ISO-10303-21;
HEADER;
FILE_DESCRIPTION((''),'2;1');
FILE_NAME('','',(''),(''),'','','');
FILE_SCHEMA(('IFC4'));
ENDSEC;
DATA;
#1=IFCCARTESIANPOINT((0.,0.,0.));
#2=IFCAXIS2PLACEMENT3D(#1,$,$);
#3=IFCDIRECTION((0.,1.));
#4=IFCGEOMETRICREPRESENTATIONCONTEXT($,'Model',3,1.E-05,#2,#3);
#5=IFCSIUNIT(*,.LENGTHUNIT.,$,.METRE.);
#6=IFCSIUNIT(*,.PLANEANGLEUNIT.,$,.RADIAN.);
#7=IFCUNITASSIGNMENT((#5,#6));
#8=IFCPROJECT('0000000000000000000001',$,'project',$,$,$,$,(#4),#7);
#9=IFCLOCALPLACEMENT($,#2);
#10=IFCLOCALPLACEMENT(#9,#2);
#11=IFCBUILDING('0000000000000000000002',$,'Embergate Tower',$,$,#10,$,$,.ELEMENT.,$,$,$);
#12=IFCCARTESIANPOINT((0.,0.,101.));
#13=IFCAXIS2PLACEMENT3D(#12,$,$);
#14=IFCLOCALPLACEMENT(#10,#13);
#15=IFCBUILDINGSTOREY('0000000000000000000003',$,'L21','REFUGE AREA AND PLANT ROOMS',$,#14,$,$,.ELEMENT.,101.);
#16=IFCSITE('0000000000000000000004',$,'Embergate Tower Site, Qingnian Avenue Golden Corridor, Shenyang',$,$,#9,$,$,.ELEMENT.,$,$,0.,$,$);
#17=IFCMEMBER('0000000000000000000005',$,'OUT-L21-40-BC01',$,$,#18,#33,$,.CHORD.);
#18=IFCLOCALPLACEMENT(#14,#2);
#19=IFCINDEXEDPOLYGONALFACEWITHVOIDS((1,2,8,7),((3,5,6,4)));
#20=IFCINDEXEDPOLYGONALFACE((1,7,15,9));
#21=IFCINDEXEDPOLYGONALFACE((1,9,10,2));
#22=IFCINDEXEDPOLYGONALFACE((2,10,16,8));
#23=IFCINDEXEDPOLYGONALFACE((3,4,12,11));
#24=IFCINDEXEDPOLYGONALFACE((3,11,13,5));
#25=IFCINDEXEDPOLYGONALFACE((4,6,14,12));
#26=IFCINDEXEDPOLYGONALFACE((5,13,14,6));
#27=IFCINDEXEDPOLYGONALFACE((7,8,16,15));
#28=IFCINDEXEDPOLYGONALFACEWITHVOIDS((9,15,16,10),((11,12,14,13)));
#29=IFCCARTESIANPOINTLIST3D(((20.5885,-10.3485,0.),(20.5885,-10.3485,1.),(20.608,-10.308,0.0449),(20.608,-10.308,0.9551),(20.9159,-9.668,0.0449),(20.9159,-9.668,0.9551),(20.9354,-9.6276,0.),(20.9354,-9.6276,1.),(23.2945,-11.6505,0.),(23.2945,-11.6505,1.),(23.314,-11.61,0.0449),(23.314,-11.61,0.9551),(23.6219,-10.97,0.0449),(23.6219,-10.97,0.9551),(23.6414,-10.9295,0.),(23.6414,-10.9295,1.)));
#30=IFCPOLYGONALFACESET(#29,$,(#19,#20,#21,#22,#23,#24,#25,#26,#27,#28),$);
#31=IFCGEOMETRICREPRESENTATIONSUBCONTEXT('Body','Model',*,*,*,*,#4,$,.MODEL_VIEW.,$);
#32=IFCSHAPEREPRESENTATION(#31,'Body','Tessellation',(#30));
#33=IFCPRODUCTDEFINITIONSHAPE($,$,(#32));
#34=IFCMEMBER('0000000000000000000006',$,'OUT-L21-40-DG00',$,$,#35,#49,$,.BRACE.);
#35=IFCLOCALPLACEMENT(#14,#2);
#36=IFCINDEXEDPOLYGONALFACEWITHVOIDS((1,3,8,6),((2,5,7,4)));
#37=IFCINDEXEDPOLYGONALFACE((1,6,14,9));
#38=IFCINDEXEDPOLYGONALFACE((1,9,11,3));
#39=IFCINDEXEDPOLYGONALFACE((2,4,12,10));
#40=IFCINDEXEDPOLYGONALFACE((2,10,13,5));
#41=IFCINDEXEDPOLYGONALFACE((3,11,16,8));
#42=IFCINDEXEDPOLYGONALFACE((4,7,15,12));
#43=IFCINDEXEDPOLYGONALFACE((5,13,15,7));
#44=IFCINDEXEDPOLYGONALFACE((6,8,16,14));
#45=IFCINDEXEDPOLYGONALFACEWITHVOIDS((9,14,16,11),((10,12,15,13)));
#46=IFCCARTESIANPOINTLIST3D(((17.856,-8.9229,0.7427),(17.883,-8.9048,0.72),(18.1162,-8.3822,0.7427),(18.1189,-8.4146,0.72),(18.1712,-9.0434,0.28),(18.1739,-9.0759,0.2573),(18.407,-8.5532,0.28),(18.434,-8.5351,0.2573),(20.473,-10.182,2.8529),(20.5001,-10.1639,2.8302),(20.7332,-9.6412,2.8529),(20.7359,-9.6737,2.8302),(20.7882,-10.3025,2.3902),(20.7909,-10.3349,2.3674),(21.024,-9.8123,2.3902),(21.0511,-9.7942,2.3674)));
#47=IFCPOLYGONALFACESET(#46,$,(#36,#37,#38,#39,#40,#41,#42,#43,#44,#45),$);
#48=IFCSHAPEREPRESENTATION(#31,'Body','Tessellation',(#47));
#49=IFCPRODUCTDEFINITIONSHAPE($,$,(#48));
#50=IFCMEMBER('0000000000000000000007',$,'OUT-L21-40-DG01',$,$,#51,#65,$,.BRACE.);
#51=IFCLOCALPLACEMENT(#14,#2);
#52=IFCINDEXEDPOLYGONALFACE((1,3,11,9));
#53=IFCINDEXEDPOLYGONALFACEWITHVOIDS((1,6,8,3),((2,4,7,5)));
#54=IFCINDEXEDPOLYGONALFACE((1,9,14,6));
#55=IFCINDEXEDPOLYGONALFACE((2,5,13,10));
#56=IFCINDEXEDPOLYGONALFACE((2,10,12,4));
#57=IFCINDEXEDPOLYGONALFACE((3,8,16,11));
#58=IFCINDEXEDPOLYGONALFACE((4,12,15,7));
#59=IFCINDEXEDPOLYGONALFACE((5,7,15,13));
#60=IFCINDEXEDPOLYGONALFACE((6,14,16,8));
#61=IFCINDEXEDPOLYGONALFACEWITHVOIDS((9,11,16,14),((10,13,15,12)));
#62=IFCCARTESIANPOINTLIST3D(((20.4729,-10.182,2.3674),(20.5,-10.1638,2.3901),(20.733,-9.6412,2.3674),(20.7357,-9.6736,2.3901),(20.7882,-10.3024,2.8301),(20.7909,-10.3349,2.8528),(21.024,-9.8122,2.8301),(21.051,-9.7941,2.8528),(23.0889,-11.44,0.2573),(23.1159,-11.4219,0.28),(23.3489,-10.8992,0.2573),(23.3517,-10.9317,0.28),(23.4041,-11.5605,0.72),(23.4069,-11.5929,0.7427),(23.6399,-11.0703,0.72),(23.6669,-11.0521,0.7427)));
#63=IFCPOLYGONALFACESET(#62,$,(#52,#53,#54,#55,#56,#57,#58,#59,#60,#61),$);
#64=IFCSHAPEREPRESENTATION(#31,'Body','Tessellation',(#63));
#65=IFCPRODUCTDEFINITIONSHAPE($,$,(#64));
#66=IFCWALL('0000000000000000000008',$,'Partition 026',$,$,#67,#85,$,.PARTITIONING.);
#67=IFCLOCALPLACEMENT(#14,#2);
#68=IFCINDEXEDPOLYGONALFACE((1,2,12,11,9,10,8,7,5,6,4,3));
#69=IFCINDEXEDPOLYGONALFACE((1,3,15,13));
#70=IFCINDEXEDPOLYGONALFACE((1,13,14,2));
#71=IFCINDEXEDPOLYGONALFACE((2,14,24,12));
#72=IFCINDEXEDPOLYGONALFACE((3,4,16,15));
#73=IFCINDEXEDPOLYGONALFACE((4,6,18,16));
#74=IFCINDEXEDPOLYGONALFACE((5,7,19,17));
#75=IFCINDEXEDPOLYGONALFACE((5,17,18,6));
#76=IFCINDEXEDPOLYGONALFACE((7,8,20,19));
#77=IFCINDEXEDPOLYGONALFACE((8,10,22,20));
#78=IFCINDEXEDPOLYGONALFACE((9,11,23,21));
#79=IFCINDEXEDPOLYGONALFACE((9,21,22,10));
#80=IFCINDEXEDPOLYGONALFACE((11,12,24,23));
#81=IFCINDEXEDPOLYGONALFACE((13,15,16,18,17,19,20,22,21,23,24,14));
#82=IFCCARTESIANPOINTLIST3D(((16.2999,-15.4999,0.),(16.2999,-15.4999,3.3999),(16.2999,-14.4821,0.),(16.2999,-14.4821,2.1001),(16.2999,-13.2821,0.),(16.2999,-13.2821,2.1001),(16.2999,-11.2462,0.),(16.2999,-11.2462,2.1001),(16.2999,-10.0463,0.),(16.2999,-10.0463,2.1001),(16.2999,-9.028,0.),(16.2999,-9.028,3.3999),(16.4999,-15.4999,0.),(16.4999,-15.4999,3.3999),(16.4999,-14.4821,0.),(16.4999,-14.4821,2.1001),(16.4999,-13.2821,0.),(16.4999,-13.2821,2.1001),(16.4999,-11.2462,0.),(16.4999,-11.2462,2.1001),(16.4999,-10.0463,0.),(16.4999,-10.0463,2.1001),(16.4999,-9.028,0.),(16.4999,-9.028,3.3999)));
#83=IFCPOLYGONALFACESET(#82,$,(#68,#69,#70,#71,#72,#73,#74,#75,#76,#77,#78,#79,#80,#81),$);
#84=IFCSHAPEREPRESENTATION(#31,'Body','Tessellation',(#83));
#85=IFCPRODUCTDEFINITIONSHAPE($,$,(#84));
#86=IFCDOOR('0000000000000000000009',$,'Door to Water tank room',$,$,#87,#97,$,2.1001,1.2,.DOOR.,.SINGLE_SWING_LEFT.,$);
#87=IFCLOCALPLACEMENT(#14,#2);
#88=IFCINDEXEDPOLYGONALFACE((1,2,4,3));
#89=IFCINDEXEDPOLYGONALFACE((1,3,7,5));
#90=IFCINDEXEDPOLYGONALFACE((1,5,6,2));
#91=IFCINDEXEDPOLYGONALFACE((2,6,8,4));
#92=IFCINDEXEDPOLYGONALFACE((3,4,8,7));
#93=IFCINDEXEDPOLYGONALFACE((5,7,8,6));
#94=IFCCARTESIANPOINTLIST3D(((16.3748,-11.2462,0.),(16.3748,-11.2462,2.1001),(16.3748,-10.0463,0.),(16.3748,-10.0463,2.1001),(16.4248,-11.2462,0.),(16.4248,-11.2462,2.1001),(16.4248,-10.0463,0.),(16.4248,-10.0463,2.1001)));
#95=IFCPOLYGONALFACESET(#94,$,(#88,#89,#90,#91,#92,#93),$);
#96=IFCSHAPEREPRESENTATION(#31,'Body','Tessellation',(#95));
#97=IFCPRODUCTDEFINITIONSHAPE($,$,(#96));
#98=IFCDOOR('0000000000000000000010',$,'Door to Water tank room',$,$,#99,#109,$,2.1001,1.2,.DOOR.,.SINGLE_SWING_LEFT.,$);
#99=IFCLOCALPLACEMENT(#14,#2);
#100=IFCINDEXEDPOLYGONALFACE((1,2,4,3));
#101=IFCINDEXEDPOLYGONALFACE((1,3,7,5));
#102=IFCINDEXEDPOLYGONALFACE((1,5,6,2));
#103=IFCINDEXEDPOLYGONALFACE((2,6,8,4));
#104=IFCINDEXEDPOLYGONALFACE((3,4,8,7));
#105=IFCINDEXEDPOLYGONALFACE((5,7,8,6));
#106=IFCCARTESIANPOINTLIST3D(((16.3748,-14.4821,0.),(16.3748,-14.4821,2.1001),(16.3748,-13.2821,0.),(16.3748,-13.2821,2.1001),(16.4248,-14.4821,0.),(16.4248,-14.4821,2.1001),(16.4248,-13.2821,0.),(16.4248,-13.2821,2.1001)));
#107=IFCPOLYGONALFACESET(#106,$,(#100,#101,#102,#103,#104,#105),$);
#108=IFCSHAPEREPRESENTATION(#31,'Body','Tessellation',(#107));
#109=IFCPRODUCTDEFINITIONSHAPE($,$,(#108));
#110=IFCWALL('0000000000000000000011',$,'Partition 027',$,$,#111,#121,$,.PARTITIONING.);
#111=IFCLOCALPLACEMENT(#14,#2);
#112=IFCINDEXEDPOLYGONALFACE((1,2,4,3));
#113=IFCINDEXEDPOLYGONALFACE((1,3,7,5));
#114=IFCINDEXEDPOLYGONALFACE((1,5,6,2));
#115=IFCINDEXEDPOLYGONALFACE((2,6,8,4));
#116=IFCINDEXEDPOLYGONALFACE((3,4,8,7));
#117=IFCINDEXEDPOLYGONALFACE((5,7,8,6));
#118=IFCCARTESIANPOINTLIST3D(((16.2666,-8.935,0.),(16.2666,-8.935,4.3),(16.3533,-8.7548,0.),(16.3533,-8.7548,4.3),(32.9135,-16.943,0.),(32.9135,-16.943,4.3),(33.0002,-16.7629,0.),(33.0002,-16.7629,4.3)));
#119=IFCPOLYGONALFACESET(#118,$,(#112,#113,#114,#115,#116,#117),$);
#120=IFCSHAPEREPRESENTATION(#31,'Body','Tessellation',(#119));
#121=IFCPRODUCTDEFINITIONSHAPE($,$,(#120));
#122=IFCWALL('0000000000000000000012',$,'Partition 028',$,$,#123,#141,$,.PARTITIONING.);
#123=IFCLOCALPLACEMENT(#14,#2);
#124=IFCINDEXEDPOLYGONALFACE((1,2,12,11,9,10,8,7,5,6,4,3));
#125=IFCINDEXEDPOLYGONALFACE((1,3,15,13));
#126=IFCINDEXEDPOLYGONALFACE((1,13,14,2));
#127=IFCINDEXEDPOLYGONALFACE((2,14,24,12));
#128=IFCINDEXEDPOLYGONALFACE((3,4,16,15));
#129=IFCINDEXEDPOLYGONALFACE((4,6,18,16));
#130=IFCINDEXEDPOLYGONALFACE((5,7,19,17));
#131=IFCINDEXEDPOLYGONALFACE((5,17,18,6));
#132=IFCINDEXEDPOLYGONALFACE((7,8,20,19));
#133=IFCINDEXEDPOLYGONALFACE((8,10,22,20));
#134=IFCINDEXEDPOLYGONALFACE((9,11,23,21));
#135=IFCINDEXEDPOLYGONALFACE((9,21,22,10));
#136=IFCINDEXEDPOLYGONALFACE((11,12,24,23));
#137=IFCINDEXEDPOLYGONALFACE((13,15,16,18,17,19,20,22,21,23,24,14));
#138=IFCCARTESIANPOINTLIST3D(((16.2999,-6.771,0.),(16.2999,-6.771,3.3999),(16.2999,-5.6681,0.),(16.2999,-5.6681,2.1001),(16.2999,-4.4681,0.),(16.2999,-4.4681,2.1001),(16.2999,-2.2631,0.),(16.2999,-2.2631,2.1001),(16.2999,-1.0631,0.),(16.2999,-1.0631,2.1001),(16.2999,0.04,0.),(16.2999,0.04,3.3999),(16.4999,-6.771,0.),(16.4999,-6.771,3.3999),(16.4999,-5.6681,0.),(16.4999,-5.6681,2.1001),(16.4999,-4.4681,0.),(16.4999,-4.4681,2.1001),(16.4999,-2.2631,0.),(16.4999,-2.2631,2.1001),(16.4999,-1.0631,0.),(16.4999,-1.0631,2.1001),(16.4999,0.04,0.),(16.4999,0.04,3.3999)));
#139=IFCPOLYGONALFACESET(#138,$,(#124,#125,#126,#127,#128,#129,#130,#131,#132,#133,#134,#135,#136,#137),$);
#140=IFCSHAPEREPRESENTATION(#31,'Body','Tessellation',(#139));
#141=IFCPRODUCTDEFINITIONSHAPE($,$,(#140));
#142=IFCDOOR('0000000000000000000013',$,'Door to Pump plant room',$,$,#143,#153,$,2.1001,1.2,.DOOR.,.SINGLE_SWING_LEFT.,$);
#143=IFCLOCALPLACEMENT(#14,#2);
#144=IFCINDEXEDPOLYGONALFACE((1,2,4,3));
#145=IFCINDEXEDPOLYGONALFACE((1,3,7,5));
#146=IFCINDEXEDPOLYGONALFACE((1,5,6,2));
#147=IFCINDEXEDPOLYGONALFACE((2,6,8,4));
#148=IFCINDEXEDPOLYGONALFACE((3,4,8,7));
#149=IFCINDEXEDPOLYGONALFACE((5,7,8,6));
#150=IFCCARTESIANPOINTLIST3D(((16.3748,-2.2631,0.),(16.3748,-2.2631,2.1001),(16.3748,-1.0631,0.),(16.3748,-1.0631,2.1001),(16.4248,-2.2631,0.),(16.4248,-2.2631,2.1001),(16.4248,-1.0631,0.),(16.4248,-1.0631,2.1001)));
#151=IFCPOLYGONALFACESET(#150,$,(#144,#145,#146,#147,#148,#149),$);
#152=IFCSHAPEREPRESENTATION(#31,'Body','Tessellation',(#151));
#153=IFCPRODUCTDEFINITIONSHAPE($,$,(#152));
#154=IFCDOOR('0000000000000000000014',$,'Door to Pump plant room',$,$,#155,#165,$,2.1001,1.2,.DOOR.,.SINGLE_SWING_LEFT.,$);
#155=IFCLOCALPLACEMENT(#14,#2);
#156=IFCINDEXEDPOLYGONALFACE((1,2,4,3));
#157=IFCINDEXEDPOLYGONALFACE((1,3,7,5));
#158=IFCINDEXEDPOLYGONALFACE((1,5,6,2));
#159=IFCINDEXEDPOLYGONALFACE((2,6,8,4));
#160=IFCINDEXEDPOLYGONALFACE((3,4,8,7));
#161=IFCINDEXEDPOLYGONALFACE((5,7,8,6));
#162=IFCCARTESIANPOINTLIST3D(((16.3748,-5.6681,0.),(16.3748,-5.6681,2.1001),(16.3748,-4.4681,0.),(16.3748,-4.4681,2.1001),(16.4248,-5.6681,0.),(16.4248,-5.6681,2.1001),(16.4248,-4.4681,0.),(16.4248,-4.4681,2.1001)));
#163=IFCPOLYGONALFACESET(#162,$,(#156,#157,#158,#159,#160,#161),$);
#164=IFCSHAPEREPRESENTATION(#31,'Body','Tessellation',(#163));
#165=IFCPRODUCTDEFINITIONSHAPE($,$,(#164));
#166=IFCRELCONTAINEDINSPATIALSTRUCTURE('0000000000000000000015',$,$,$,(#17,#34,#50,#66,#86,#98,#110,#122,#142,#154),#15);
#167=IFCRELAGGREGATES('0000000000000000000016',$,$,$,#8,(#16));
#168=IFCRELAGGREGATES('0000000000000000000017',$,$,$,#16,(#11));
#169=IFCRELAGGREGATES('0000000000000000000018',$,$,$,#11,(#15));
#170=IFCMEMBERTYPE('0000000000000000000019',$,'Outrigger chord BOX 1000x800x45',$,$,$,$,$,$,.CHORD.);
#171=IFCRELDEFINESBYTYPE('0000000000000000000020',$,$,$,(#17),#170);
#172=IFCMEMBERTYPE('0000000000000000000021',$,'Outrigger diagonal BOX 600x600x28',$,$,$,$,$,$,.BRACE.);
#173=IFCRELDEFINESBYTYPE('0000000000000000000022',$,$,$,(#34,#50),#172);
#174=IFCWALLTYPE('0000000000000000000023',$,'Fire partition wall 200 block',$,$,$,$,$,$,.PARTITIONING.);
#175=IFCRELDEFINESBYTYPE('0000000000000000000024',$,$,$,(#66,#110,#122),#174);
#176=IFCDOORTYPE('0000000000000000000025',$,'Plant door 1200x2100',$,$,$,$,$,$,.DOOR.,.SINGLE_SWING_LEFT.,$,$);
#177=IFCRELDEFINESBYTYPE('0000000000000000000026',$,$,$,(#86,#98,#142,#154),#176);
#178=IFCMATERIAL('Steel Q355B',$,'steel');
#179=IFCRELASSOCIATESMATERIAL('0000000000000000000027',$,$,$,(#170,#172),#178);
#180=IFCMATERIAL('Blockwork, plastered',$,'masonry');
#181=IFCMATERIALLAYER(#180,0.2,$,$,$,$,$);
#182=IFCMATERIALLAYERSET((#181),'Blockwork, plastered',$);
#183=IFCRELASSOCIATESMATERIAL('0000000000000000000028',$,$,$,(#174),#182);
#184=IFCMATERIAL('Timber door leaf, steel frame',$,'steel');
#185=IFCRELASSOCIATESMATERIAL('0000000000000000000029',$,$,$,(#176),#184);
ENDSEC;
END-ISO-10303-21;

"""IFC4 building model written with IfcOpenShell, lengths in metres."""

from ifc_helpers import new_model, si_unit, direction, frame, frame_2d, origin, origin_2d, place, context, subcontext, project, spatial, rectangle, hollow_rectangle, extrude, source, transform, mapped, material, layer, layer_set, material_profile, profile_set, type_object, element, fill, save


model = new_model("IFC4")

# Units and contexts
model_context = context("Model", 3, precision=1e-05, world=origin(), true_north=direction((0.0, 1.0)))
body_context = subcontext(model_context, "Body", "Model", "MODEL_VIEW")
ifc_project = project(units=[si_unit("LENGTHUNIT", "METRE"), si_unit("PLANEANGLEUNIT", "RADIAN")], contexts=[model_context])

# Site, building, storey
site_placement = place(None, origin())
site = spatial("IfcSite", under=ifc_project, at=site_placement, Name="Embergate Tower Site, Qingnian Avenue Golden Corridor, Shenyang", CompositionType="ELEMENT", RefElevation=0.0)
building_placement = place(site_placement, origin())
building = spatial("IfcBuilding", under=site, at=building_placement, Name="Embergate Tower", CompositionType="ELEMENT")
storey_placement = place(building_placement, frame((0.0, 0.0, 101.0)))
storey = spatial("IfcBuildingStorey", under=building, at=storey_placement, Name="L21", Description="REFUGE AREA AND PLANT ROOMS", CompositionType="ELEMENT", Elevation=101.0)

# Members
ifc_material_1 = material(Name="Steel Q355B", Category="steel")
ifc_material_profile_1 = material_profile(ifc_material_1, hollow_rectangle(XDim=0.8, YDim=1.0, WallThickness=0.0449, at=origin_2d()), Name="BOX 1000x800x45")
ifc_profile_set_1 = profile_set([ifc_material_profile_1], Name="Steel Q355 grade B")
member_type_1 = type_object("IfcMemberType", Name="Outrigger chord BOX 1000x800x45", PredefinedType="CHORD", material=ifc_profile_set_1)
ifc_material_profile_2 = material_profile(ifc_material_1, hollow_rectangle(XDim=0.6001, YDim=0.6001, WallThickness=0.0281, at=origin_2d()), Name="BOX 600x600x28")
ifc_profile_set_2 = profile_set([ifc_material_profile_2], Name="Steel Q355 grade B")
member_type_2 = type_object("IfcMemberType", Name="Outrigger diagonal BOX 600x600x28", PredefinedType="BRACE", material=ifc_profile_set_2)
shared_shape_1 = source(origin(), body_context, "Body", "SweptSolid", [
    extrude(hollow_rectangle(XDim=0.8, YDim=1.0, WallThickness=0.0449, at=origin_2d()), origin(), (0.0, 0.0, 1.0), 3.0029),
])
for number, where, z_axis, x_axis, name in (
    (1, (20.762, -9.988, 0.5), (0.901121, -0.433569, 0.0), (0.433569, 0.901121, 0.0), "OUT-L21-40-BC01"),
):
    element("IfcMember", number, at=place(storey_placement, frame(where, z_axis=z_axis, x_axis=x_axis)), inside=storey, type_object=member_type_1, Name=name, PredefinedType="CHORD", context=body_context, shape_type="MappedRepresentation", body=[
        mapped(shared_shape_1, transform((0.0, 0.0, 0.0))),
    ])
shared_shape_2 = source(origin(), body_context, "Body", "SweptSolid", [
    extrude(hollow_rectangle(XDim=0.6001, YDim=0.6001, WallThickness=0.0281, at=origin_2d()), origin(), (0.0, 0.0, 1.0), 3.5898),
])
member_1_placement = place(storey_placement, frame((18.145, -8.729, 0.5), z_axis=(0.72901, -0.350733, 0.587819), x_axis=(0.433543, 0.901133, 0.0)))
element("IfcMember", 2, at=member_1_placement, inside=storey, type_object=member_type_2, Name="OUT-L21-40-DG00", PredefinedType="BRACE", context=body_context, shape_type="MappedRepresentation", body=[
    mapped(shared_shape_2, transform((0.0, 0.0, 0.0))),
])
shared_shape_3 = source(origin(), body_context, "Body", "SweptSolid", [
    extrude(hollow_rectangle(XDim=0.6001, YDim=0.6001, WallThickness=0.0281, at=origin_2d()), origin(), (0.0, 0.0, 1.0), 3.5886),
])
member_2_placement = place(storey_placement, frame((20.762, -9.988, 2.6101), z_axis=(0.728952, -0.350564, -0.587992), x_axis=(0.433401, 0.901201, 0.0)))
element("IfcMember", 3, at=member_2_placement, inside=storey, type_object=member_type_2, Name="OUT-L21-40-DG01", PredefinedType="BRACE", context=body_context, shape_type="MappedRepresentation", body=[
    mapped(shared_shape_3, transform((0.0, 0.0, 0.0))),
])

# Wall, openings, doors
ifc_material_2 = material(Name="Blockwork, plastered", Category="masonry")
ifc_layer = layer(ifc_material_2, 0.2)
ifc_layer_set = layer_set([ifc_layer], Name="Blockwork, plastered")
wall_type = type_object("IfcWallType", Name="Fire partition wall 200 block", PredefinedType="PARTITIONING", material=ifc_layer_set)
shared_shape_4 = source(origin(), body_context, "Body", "SweptSolid", [
    extrude(rectangle(XDim=6.4719, YDim=0.2, at=frame_2d((3.2358, 0.0))), origin(), (0.0, 0.0, 1.0), 3.3999),
])
wall_1_placement = place(storey_placement, frame((16.3999, -9.0281, 0.0), z_axis=(0.0, 0.0, 1.0), x_axis=(0.0, -1.0, 0.0)))
wall_1 = element("IfcWall", 4, at=wall_1_placement, inside=storey, type_object=wall_type, Name="Partition 026", PredefinedType="PARTITIONING", context=body_context, shape_type="MappedRepresentation", body=[
    mapped(shared_shape_4, transform((0.0, 0.0, 0.0))),
])
shared_shape_5 = source(origin(), body_context, "Body", "SweptSolid", [
    extrude(rectangle(XDim=1.2, YDim=2.1001, at=frame_2d((0.6001, 1.05))), frame((0.0, 0.1099, 0.0), z_axis=(0.0, -1.0, 0.0), x_axis=(1.0, 0.0, 0.0)), (0.0, 0.0, 1.0), 0.22),
])
opening_1_placement = place(wall_1_placement, frame((1.0181, 0.0, 0.0)))
opening_1 = element("IfcOpeningElement", 5, at=opening_1_placement, cuts=wall_1, PredefinedType="OPENING", context=body_context, shape_type="MappedRepresentation", body=[
    mapped(shared_shape_5, transform((0.0, 0.0, 0.0))),
])
opening_2_placement = place(wall_1_placement, frame((4.2539, 0.0, 0.0)))
opening_2 = element("IfcOpeningElement", 6, at=opening_2_placement, cuts=wall_1, PredefinedType="OPENING", context=body_context, shape_type="MappedRepresentation", body=[
    mapped(shared_shape_5, transform((0.0, 0.0, 0.0))),
])
ifc_material_3 = material(Name="Timber door leaf, steel frame", Category="steel")
door_type = type_object("IfcDoorType", Name="Plant door 1200x2100", OperationType="SINGLE_SWING_LEFT", PredefinedType="DOOR", material=ifc_material_3)
shared_shape_6 = source(origin(), body_context, "Body", "SweptSolid", [
    extrude(rectangle(XDim=1.2, YDim=2.1001, at=frame_2d((0.6001, 1.05))), frame((0.0, 0.0249, 0.0), z_axis=(0.0, -1.0, 0.0), x_axis=(1.0, 0.0, 0.0)), (0.0, 0.0, 1.0), 0.05),
])
door_1_placement = place(opening_1_placement, origin())
door_1 = element("IfcDoor", 7, at=door_1_placement, inside=storey, type_object=door_type, Name="Door to Water tank room", OperationType="SINGLE_SWING_LEFT", OverallHeight=2.1001, OverallWidth=1.2, PredefinedType="DOOR", context=body_context, shape_type="MappedRepresentation", body=[
    mapped(shared_shape_6, transform((0.0, 0.0, 0.0))),
])
fill(opening_1, door_1)
door_2_placement = place(opening_2_placement, origin())
door_2 = element("IfcDoor", 8, at=door_2_placement, inside=storey, type_object=door_type, Name="Door to Water tank room", OperationType="SINGLE_SWING_LEFT", OverallHeight=2.1001, OverallWidth=1.2, PredefinedType="DOOR", context=body_context, shape_type="MappedRepresentation", body=[
    mapped(shared_shape_6, transform((0.0, 0.0, 0.0))),
])
fill(opening_2, door_2)

# Wall
shared_shape_7 = source(origin(), body_context, "Body", "SweptSolid", [
    extrude(rectangle(XDim=18.4729, YDim=0.2, at=frame_2d((9.2363, 0.0))), origin(), (0.0, 0.0, 1.0), 4.3),
])
wall_2_placement = place(storey_placement, frame((16.3101, -8.845, 0.0), z_axis=(0.0, 0.0, 1.0), x_axis=(0.901153, -0.433501, 0.0)))
element("IfcWall", 9, at=wall_2_placement, inside=storey, type_object=wall_type, Name="Partition 027", PredefinedType="PARTITIONING", context=body_context, shape_type="MappedRepresentation", body=[
    mapped(shared_shape_7, transform((0.0, 0.0, 0.0))),
])

# Wall, openings, doors
shared_shape_8 = source(origin(), body_context, "Body", "SweptSolid", [
    extrude(rectangle(XDim=6.811, YDim=0.2, at=frame_2d((3.4055, 0.0))), origin(), (0.0, 0.0, 1.0), 3.3999),
])
wall_3_placement = place(storey_placement, frame((16.3999, 0.04, 0.0), z_axis=(0.0, 0.0, 1.0), x_axis=(0.0, -1.0, 0.0)))
wall_3 = element("IfcWall", 10, at=wall_3_placement, inside=storey, type_object=wall_type, Name="Partition 028", PredefinedType="PARTITIONING", context=body_context, shape_type="MappedRepresentation", body=[
    mapped(shared_shape_8, transform((0.0, 0.0, 0.0))),
])
opening_3_placement = place(wall_3_placement, frame((1.103, 0.0, 0.0)))
opening_3 = element("IfcOpeningElement", 11, at=opening_3_placement, cuts=wall_3, PredefinedType="OPENING", context=body_context, shape_type="MappedRepresentation", body=[
    mapped(shared_shape_5, transform((0.0, 0.0, 0.0))),
])
opening_4_placement = place(wall_3_placement, frame((4.5081, 0.0, 0.0)))
opening_4 = element("IfcOpeningElement", 12, at=opening_4_placement, cuts=wall_3, PredefinedType="OPENING", context=body_context, shape_type="MappedRepresentation", body=[
    mapped(shared_shape_5, transform((0.0, 0.0, 0.0))),
])
door_3_placement = place(opening_3_placement, origin())
door_3 = element("IfcDoor", 13, at=door_3_placement, inside=storey, type_object=door_type, Name="Door to Pump plant room", OperationType="SINGLE_SWING_LEFT", OverallHeight=2.1001, OverallWidth=1.2, PredefinedType="DOOR", context=body_context, shape_type="MappedRepresentation", body=[
    mapped(shared_shape_6, transform((0.0, 0.0, 0.0))),
])
fill(opening_3, door_3)
door_4_placement = place(opening_4_placement, origin())
door_4 = element("IfcDoor", 14, at=door_4_placement, inside=storey, type_object=door_type, Name="Door to Pump plant room", OperationType="SINGLE_SWING_LEFT", OverallHeight=2.1001, OverallWidth=1.2, PredefinedType="DOOR", context=body_context, shape_type="MappedRepresentation", body=[
    mapped(shared_shape_6, transform((0.0, 0.0, 0.0))),
])
fill(opening_4, door_4)

save(model, "model.ifc")
